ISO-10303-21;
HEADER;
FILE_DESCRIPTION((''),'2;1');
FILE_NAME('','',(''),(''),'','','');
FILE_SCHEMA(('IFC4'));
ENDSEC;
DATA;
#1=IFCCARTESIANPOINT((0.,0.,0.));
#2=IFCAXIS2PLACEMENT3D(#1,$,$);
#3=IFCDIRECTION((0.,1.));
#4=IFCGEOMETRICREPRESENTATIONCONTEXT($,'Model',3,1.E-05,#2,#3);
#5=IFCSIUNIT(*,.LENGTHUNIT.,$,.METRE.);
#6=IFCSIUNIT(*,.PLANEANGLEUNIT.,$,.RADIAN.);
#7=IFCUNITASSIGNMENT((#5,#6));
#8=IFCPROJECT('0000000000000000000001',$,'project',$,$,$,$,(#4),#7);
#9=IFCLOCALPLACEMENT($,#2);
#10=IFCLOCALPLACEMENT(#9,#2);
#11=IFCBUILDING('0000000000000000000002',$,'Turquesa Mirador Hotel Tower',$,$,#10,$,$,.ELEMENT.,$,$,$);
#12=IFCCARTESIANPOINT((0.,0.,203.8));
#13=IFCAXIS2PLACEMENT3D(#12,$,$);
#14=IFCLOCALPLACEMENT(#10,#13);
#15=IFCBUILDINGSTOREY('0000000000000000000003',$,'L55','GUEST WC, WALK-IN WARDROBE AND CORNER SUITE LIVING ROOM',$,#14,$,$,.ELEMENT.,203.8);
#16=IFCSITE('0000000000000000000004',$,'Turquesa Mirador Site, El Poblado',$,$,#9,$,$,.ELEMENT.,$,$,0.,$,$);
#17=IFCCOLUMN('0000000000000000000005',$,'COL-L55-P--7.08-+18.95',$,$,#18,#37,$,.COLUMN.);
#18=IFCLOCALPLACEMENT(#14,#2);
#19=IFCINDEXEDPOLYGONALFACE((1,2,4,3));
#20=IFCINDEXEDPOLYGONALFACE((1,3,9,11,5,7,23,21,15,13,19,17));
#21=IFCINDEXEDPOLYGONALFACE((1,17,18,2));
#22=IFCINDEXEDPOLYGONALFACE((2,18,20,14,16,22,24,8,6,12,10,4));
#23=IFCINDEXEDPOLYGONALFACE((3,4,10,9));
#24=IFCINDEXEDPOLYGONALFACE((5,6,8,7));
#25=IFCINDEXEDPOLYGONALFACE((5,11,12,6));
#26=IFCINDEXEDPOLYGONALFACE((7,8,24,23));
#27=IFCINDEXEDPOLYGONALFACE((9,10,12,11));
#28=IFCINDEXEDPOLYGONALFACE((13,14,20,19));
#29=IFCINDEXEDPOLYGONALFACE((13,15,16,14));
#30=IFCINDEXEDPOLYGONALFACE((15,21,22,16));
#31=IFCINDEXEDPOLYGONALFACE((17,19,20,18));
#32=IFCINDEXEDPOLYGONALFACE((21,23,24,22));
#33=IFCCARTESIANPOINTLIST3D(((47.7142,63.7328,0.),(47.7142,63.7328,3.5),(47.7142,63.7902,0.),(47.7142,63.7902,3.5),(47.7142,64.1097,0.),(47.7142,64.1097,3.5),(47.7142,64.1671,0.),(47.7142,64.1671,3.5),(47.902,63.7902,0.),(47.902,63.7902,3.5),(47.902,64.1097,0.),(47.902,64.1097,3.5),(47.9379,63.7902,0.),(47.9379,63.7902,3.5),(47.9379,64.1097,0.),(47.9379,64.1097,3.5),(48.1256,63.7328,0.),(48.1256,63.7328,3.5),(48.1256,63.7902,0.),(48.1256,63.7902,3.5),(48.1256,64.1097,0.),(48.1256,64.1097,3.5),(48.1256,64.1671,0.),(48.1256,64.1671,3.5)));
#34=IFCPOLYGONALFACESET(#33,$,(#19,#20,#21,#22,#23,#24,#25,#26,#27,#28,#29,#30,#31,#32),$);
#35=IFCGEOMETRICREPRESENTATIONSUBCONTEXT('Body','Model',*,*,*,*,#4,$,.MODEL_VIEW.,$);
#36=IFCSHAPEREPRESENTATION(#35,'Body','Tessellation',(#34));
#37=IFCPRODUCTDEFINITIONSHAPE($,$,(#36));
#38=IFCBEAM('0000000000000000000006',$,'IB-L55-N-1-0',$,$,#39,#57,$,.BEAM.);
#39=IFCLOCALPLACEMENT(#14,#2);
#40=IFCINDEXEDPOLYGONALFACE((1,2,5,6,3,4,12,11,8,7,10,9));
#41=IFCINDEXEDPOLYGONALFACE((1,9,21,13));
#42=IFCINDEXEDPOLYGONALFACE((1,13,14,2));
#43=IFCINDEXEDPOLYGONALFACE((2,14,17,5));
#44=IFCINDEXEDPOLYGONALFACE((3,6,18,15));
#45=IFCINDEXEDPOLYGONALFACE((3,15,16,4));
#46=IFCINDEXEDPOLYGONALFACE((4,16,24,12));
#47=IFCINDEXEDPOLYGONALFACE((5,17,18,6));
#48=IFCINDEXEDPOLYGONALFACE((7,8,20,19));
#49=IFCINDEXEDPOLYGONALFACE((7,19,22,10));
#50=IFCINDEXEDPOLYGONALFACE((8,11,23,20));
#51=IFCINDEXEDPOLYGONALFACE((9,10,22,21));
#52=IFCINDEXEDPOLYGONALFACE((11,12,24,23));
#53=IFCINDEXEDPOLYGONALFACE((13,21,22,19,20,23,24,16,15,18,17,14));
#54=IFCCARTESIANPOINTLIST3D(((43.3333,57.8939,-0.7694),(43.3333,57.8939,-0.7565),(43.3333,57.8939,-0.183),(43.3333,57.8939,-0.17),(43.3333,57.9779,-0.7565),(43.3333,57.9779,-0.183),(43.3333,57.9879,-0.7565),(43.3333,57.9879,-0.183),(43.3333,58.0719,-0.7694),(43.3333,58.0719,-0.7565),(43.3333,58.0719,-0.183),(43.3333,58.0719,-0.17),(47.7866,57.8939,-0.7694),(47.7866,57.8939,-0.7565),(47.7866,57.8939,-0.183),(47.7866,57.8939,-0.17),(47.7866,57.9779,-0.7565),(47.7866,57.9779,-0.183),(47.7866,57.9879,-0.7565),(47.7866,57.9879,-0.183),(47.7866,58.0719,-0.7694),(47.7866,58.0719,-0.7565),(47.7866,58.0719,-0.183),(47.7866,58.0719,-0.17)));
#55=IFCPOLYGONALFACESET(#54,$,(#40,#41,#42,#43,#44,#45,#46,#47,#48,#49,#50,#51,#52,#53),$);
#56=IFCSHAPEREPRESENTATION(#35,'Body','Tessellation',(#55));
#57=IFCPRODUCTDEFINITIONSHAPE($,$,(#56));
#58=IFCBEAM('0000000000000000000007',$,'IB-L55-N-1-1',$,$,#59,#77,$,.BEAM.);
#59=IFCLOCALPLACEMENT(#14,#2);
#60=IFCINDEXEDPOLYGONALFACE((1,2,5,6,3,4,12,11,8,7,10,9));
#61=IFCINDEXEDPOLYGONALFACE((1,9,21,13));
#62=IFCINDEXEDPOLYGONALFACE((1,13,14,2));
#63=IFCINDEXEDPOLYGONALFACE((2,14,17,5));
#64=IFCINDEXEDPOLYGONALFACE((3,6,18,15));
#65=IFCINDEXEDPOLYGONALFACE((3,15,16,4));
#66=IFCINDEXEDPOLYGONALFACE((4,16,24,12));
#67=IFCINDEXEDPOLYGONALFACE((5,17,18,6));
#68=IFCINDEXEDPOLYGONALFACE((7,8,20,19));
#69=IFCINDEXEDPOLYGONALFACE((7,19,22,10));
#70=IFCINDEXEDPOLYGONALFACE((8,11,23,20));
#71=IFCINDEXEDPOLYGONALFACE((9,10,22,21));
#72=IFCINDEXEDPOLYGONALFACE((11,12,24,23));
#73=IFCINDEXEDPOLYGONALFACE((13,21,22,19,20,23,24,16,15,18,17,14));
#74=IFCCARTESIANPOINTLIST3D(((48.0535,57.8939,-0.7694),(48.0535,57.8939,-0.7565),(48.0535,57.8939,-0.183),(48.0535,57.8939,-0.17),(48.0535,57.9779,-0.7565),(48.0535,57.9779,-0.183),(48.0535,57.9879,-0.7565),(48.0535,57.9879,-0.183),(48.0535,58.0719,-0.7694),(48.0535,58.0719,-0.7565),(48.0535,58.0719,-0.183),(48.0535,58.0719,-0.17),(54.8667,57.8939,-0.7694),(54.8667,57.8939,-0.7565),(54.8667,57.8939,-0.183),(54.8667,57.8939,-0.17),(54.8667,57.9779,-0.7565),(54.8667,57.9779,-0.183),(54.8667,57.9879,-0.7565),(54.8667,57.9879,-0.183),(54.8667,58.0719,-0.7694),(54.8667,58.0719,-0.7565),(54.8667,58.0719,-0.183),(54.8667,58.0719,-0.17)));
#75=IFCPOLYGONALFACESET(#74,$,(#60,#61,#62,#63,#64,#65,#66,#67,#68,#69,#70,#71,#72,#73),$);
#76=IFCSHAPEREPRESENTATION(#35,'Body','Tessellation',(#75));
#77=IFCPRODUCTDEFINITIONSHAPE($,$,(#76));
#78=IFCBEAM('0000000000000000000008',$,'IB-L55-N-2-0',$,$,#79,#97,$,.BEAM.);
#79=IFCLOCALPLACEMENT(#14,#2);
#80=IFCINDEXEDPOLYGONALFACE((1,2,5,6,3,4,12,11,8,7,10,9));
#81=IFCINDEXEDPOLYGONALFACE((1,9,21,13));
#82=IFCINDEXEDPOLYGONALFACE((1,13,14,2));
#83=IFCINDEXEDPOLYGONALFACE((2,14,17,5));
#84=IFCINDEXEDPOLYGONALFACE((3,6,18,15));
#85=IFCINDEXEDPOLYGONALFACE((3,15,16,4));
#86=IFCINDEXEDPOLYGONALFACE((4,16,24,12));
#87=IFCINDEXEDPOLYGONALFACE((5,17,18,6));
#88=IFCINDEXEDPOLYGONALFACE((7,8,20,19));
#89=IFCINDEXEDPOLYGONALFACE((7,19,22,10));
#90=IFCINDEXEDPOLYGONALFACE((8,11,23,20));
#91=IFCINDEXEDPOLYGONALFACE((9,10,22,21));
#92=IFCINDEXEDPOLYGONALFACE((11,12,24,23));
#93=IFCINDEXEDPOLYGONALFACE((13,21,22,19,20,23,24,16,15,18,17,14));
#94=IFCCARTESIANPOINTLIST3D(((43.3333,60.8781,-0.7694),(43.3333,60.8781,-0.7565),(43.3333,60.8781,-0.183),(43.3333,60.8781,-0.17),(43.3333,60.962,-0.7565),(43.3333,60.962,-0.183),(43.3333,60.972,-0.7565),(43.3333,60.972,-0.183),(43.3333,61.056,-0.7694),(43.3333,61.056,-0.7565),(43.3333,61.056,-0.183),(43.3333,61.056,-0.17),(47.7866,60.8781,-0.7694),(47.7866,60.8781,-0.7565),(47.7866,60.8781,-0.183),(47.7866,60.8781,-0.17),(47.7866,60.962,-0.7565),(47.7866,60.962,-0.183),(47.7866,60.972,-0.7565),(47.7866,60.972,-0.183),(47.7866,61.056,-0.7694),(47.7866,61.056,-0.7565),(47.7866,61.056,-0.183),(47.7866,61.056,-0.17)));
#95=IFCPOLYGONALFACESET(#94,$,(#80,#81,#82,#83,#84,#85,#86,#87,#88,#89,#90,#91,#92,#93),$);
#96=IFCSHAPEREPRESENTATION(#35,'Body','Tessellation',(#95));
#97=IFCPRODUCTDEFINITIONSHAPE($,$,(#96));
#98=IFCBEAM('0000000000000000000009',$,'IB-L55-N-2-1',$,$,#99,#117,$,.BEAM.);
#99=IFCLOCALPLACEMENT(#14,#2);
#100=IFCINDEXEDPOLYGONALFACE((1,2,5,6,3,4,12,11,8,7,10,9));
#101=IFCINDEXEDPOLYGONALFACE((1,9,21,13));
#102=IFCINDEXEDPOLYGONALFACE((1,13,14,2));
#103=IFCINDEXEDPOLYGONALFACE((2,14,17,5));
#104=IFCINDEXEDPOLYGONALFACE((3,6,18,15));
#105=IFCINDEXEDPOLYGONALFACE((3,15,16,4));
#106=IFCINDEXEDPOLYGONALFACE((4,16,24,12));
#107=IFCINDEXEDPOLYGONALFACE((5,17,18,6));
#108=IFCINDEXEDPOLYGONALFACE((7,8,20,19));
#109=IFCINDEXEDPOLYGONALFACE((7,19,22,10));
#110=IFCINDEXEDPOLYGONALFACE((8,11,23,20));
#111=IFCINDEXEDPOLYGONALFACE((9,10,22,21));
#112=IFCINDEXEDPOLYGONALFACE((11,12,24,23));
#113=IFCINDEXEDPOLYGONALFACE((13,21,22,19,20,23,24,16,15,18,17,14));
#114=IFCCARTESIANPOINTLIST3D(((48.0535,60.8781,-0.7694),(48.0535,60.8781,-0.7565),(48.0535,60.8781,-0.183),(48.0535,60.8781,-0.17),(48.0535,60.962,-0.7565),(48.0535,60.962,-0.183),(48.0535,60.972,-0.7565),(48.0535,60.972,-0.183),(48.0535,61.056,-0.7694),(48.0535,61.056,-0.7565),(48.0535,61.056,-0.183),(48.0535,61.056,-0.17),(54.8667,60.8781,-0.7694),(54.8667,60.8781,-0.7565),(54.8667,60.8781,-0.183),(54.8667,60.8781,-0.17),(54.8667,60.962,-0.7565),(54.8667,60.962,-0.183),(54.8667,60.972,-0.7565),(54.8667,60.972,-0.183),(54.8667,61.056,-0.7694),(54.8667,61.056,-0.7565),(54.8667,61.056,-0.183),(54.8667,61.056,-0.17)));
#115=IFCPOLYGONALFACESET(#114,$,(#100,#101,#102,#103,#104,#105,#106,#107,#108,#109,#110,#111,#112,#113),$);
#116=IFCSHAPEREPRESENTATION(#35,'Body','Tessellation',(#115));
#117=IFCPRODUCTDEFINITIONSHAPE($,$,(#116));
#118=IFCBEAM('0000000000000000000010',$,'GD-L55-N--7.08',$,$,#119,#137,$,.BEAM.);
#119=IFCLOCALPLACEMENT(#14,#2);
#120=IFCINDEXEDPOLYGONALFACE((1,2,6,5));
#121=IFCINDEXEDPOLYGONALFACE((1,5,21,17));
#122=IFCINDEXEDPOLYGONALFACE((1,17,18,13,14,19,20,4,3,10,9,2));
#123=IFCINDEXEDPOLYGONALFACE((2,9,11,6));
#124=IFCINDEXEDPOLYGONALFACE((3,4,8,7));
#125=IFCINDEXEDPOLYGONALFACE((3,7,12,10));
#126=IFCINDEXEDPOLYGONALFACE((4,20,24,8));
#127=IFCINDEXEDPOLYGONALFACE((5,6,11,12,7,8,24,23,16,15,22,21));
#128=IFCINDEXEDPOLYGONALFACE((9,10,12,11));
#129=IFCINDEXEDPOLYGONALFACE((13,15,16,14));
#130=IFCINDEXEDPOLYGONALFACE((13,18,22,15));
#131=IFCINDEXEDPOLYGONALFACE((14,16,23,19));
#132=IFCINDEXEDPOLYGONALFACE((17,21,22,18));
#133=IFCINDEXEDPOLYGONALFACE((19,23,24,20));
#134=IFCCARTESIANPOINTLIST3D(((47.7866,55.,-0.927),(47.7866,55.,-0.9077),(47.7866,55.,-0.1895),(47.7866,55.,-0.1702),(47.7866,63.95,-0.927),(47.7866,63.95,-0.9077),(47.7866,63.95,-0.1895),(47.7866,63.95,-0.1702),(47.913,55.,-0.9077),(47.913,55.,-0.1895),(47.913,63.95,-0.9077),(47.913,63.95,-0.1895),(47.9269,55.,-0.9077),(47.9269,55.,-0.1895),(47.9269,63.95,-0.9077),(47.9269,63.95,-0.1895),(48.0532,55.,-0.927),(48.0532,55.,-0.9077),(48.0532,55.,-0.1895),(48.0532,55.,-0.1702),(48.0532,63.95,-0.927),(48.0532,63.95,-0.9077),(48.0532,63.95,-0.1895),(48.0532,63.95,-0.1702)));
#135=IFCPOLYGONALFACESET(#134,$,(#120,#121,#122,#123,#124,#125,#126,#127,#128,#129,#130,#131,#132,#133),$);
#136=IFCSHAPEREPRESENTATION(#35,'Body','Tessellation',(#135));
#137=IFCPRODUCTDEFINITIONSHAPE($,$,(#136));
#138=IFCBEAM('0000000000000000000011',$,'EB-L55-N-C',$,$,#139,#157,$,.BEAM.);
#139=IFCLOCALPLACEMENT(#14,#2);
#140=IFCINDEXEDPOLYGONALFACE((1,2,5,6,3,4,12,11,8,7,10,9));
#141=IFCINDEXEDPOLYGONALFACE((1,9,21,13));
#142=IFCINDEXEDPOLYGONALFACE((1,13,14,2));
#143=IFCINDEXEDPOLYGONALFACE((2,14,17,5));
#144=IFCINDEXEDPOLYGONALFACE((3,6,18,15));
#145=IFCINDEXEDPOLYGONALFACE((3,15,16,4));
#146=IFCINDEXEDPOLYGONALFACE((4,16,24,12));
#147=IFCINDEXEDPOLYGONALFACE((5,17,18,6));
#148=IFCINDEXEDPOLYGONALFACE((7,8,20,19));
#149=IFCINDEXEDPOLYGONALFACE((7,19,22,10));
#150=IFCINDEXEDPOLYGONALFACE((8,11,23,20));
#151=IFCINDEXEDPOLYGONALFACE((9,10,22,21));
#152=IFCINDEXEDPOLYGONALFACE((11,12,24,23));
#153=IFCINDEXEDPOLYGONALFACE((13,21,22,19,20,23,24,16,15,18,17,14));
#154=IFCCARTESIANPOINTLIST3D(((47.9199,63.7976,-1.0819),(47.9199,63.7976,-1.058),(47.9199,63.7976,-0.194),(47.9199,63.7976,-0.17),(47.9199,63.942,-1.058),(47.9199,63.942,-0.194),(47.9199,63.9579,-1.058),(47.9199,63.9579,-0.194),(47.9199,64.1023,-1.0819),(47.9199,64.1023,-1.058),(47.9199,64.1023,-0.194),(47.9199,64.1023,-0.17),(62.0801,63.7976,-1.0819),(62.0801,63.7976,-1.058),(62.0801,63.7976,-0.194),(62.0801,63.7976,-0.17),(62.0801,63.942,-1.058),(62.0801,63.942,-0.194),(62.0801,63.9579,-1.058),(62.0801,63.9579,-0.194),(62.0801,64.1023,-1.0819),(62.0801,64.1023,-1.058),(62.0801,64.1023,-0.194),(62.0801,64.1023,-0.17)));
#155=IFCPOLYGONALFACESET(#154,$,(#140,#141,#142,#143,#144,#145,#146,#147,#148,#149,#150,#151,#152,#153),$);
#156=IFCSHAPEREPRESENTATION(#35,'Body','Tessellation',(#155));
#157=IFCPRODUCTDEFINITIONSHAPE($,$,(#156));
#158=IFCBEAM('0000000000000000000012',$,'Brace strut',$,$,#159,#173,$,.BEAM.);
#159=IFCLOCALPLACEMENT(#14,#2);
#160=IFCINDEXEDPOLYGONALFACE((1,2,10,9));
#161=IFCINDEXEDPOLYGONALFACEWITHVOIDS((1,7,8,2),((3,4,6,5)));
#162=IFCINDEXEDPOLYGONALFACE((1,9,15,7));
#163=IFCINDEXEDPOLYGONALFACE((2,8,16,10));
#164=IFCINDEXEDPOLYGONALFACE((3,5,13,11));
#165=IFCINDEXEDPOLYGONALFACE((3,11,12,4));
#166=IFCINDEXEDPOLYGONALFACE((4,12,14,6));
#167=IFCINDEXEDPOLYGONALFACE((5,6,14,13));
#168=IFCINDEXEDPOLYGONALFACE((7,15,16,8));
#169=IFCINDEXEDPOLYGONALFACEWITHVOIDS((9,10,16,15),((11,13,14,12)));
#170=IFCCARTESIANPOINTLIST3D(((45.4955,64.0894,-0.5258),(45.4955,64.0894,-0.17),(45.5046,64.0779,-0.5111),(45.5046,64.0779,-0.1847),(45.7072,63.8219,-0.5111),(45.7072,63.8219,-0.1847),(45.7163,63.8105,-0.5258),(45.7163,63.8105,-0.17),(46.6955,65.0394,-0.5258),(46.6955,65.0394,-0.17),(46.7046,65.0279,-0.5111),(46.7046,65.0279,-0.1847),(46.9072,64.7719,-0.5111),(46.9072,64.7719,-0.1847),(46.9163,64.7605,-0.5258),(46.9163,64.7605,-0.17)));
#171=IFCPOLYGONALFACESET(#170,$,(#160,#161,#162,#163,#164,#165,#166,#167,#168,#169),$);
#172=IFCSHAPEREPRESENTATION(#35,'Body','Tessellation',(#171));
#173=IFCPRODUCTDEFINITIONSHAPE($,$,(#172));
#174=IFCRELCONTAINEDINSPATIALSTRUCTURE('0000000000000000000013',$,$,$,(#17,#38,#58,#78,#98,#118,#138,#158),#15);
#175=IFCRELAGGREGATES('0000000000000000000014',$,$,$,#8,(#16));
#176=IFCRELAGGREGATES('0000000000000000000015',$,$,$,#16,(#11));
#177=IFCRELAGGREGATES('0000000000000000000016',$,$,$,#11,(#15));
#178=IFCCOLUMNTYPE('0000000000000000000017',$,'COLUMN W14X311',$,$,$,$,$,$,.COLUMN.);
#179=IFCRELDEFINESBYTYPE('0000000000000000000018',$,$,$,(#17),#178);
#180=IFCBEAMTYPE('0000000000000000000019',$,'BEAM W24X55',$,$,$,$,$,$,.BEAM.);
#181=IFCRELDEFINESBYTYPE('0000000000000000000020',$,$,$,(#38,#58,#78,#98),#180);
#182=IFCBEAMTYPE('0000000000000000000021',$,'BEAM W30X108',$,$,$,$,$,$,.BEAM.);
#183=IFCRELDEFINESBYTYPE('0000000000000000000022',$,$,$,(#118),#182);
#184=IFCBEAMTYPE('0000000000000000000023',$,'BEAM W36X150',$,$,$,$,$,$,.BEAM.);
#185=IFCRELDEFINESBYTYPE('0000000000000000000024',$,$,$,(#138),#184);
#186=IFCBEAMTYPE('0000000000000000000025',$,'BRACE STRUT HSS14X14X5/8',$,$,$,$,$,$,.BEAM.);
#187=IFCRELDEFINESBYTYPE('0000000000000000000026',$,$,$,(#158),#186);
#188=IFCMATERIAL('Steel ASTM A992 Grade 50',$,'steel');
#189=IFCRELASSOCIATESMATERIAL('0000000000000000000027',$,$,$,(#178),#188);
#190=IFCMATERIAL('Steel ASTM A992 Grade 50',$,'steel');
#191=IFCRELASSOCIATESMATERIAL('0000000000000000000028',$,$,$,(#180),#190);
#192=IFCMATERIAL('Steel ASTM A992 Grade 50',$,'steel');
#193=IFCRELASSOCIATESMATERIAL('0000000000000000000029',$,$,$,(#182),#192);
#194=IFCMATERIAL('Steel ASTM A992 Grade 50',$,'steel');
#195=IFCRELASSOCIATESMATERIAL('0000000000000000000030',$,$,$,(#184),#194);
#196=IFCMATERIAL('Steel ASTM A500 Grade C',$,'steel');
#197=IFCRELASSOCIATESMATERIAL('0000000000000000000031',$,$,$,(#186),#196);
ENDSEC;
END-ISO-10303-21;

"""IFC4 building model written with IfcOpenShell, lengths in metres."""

from ifc_helpers import new_model, si_unit, direction, frame, origin, origin_2d, place, context, subcontext, project, spatial, hollow_rectangle, i_section, extrude, material, material_profile, profile_set, type_object, element, save


model = new_model("IFC4")

# Units and contexts
model_context = context("Model", 3, precision=1e-05, world=origin(), true_north=direction((0.0, 1.0)))
body_context = subcontext(model_context, "Body", "Model", "MODEL_VIEW")
ifc_project = project(units=[si_unit("LENGTHUNIT", "METRE"), si_unit("PLANEANGLEUNIT", "RADIAN")], contexts=[model_context])

# Site, building, storey
site_placement = place(None, origin())
site = spatial("IfcSite", under=ifc_project, at=site_placement, Name="Turquesa Mirador Site, El Poblado", CompositionType="ELEMENT", RefElevation=0.0)
building_placement = place(site_placement, origin())
building = spatial("IfcBuilding", under=site, at=building_placement, Name="Turquesa Mirador Hotel Tower", CompositionType="ELEMENT")
storey_placement = place(building_placement, frame((0.0, 0.0, 203.8)))
storey = spatial("IfcBuildingStorey", under=building, at=storey_placement, Name="L55", Description="GUEST WC, WALK-IN WARDROBE AND CORNER SUITE LIVING ROOM", CompositionType="ELEMENT", Elevation=203.8)

# Column
ifc_material_1 = material(Name="Steel ASTM A992 Grade 50", Category="steel")
ifc_material_profile_1 = material_profile(ifc_material_1, i_section(OverallWidth=0.4114, OverallDepth=0.4343, WebThickness=0.0359, FlangeThickness=0.0574, at=origin_2d()), Name="W14X311")
ifc_profile_set_1 = profile_set([ifc_material_profile_1], Name="Steel ASTM A992 Grade 50")
column_type = type_object("IfcColumnType", Name="COLUMN W14X311", PredefinedType="COLUMN", material=ifc_profile_set_1)
column_placement = place(storey_placement, frame((47.9199, 63.95, 0.0), z_axis=(0.0, 0.0, 1.0), x_axis=(1.0, 0.0, 0.0)))
element("IfcColumn", 1, at=column_placement, inside=storey, type_object=column_type, Name="COL-L55-P--7.08-+18.95", PredefinedType="COLUMN", context=body_context, shape_type="SweptSolid", body=[
    extrude(i_section(OverallWidth=0.4114, OverallDepth=0.4343, WebThickness=0.0359, FlangeThickness=0.0574, at=origin_2d()), origin(), (0.0, 0.0, 1.0), 3.5),
])

# Beams
ifc_material_2 = material(Name="Steel ASTM A992 Grade 50", Category="steel")
ifc_material_profile_2 = material_profile(ifc_material_2, i_section(OverallWidth=0.178, OverallDepth=0.5994, WebThickness=0.01, FlangeThickness=0.0129, at=origin_2d()), Name="W24X55")
ifc_profile_set_2 = profile_set([ifc_material_profile_2], Name="Steel ASTM A992 Grade 50")
beam_type_1 = type_object("IfcBeamType", Name="BEAM W24X55", PredefinedType="BEAM", material=ifc_profile_set_2)
beam_1_placement = place(storey_placement, frame((43.3333, 57.9829, -0.4697), z_axis=(1.0, 0.0, 0.0), x_axis=(0.0, 1.0, 0.0)))
element("IfcBeam", 2, at=beam_1_placement, inside=storey, type_object=beam_type_1, Name="IB-L55-N-1-0", PredefinedType="BEAM", context=body_context, shape_type="SweptSolid", body=[
    extrude(i_section(OverallWidth=0.178, OverallDepth=0.5994, WebThickness=0.01, FlangeThickness=0.0129, at=origin_2d()), origin(), (0.0, 0.0, 1.0), 4.4534),
])
beam_2_placement = place(storey_placement, frame((48.0535, 57.9829, -0.4697), z_axis=(1.0, 0.0, 0.0), x_axis=(0.0, 1.0, 0.0)))
element("IfcBeam", 3, at=beam_2_placement, inside=storey, type_object=beam_type_1, Name="IB-L55-N-1-1", PredefinedType="BEAM", context=body_context, shape_type="SweptSolid", body=[
    extrude(i_section(OverallWidth=0.178, OverallDepth=0.5994, WebThickness=0.01, FlangeThickness=0.0129, at=origin_2d()), origin(), (0.0, 0.0, 1.0), 6.8132),
])
beam_3_placement = place(storey_placement, frame((43.3333, 60.967, -0.4697), z_axis=(1.0, 0.0, 0.0), x_axis=(0.0, 1.0, 0.0)))
element("IfcBeam", 4, at=beam_3_placement, inside=storey, type_object=beam_type_1, Name="IB-L55-N-2-0", PredefinedType="BEAM", context=body_context, shape_type="SweptSolid", body=[
    extrude(i_section(OverallWidth=0.178, OverallDepth=0.5994, WebThickness=0.01, FlangeThickness=0.0129, at=origin_2d()), origin(), (0.0, 0.0, 1.0), 4.4534),
])
beam_4_placement = place(storey_placement, frame((48.0535, 60.967, -0.4697), z_axis=(1.0, 0.0, 0.0), x_axis=(0.0, 1.0, 0.0)))
element("IfcBeam", 5, at=beam_4_placement, inside=storey, type_object=beam_type_1, Name="IB-L55-N-2-1", PredefinedType="BEAM", context=body_context, shape_type="SweptSolid", body=[
    extrude(i_section(OverallWidth=0.178, OverallDepth=0.5994, WebThickness=0.01, FlangeThickness=0.0129, at=origin_2d()), origin(), (0.0, 0.0, 1.0), 6.8132),
])
ifc_material_3 = material(Name="Steel ASTM A992 Grade 50", Category="steel")
ifc_material_profile_3 = material_profile(ifc_material_3, i_section(OverallWidth=0.2666, OverallDepth=0.7568, WebThickness=0.0139, FlangeThickness=0.0193, at=origin_2d()), Name="W30X108")
ifc_profile_set_3 = profile_set([ifc_material_profile_3], Name="Steel ASTM A992 Grade 50")
beam_type_2 = type_object("IfcBeamType", Name="BEAM W30X108", PredefinedType="BEAM", material=ifc_profile_set_3)
beam_5_placement = place(storey_placement, frame((47.9199, 63.95, -0.5486), z_axis=(0.0, -1.0, 0.0), x_axis=(1.0, 0.0, 0.0)))
element("IfcBeam", 6, at=beam_5_placement, inside=storey, type_object=beam_type_2, Name="GD-L55-N--7.08", PredefinedType="BEAM", context=body_context, shape_type="SweptSolid", body=[
    extrude(i_section(OverallWidth=0.2666, OverallDepth=0.7568, WebThickness=0.0139, FlangeThickness=0.0193, at=origin_2d()), origin(), (0.0, 0.0, 1.0), 8.95),
])
ifc_material_4 = material(Name="Steel ASTM A992 Grade 50", Category="steel")
ifc_material_profile_4 = material_profile(ifc_material_4, i_section(OverallWidth=0.3047, OverallDepth=0.9119, WebThickness=0.0159, FlangeThickness=0.0239, at=origin_2d()), Name="W36X150")
ifc_profile_set_4 = profile_set([ifc_material_profile_4], Name="Steel ASTM A992 Grade 50")
beam_type_3 = type_object("IfcBeamType", Name="BEAM W36X150", PredefinedType="BEAM", material=ifc_profile_set_4)
beam_6_placement = place(storey_placement, frame((47.9199, 63.95, -0.626), z_axis=(1.0, 0.0, 0.0), x_axis=(0.0, 1.0, 0.0)))
element("IfcBeam", 7, at=beam_6_placement, inside=storey, type_object=beam_type_3, Name="EB-L55-N-C", PredefinedType="BEAM", context=body_context, shape_type="SweptSolid", body=[
    extrude(i_section(OverallWidth=0.3047, OverallDepth=0.9119, WebThickness=0.0159, FlangeThickness=0.0239, at=origin_2d()), origin(), (0.0, 0.0, 1.0), 14.1602),
])
ifc_material_5 = material(Name="Steel ASTM A500 Grade C", Category="steel")
ifc_material_profile_5 = material_profile(ifc_material_5, hollow_rectangle(XDim=0.3557, YDim=0.3557, WallThickness=0.0146, at=origin_2d()), Name="HSS14X14X5/8")
ifc_profile_set_5 = profile_set([ifc_material_profile_5], Name="Steel ASTM A500 Grade C")
beam_type_4 = type_object("IfcBeamType", Name="BRACE STRUT HSS14X14X5/8", PredefinedType="BEAM", material=ifc_profile_set_5)
for number, where, z_axis, x_axis, name in (
    (8, (46.8059, 64.8999, -0.3479), (-0.784049, -0.620699, 0.0), (0.620699, -0.784049, 0.0), "Brace strut"),
):
    element("IfcBeam", number, at=place(storey_placement, frame(where, z_axis=z_axis, x_axis=x_axis)), inside=storey, type_object=beam_type_4, Name=name, PredefinedType="BEAM", context=body_context, shape_type="SweptSolid", body=[
        extrude(hollow_rectangle(XDim=0.3557, YDim=0.3557, WallThickness=0.0146, at=origin_2d()), origin(), (0.0, 0.0, 1.0), 1.5305),
    ])

save(model, "model.ifc")
